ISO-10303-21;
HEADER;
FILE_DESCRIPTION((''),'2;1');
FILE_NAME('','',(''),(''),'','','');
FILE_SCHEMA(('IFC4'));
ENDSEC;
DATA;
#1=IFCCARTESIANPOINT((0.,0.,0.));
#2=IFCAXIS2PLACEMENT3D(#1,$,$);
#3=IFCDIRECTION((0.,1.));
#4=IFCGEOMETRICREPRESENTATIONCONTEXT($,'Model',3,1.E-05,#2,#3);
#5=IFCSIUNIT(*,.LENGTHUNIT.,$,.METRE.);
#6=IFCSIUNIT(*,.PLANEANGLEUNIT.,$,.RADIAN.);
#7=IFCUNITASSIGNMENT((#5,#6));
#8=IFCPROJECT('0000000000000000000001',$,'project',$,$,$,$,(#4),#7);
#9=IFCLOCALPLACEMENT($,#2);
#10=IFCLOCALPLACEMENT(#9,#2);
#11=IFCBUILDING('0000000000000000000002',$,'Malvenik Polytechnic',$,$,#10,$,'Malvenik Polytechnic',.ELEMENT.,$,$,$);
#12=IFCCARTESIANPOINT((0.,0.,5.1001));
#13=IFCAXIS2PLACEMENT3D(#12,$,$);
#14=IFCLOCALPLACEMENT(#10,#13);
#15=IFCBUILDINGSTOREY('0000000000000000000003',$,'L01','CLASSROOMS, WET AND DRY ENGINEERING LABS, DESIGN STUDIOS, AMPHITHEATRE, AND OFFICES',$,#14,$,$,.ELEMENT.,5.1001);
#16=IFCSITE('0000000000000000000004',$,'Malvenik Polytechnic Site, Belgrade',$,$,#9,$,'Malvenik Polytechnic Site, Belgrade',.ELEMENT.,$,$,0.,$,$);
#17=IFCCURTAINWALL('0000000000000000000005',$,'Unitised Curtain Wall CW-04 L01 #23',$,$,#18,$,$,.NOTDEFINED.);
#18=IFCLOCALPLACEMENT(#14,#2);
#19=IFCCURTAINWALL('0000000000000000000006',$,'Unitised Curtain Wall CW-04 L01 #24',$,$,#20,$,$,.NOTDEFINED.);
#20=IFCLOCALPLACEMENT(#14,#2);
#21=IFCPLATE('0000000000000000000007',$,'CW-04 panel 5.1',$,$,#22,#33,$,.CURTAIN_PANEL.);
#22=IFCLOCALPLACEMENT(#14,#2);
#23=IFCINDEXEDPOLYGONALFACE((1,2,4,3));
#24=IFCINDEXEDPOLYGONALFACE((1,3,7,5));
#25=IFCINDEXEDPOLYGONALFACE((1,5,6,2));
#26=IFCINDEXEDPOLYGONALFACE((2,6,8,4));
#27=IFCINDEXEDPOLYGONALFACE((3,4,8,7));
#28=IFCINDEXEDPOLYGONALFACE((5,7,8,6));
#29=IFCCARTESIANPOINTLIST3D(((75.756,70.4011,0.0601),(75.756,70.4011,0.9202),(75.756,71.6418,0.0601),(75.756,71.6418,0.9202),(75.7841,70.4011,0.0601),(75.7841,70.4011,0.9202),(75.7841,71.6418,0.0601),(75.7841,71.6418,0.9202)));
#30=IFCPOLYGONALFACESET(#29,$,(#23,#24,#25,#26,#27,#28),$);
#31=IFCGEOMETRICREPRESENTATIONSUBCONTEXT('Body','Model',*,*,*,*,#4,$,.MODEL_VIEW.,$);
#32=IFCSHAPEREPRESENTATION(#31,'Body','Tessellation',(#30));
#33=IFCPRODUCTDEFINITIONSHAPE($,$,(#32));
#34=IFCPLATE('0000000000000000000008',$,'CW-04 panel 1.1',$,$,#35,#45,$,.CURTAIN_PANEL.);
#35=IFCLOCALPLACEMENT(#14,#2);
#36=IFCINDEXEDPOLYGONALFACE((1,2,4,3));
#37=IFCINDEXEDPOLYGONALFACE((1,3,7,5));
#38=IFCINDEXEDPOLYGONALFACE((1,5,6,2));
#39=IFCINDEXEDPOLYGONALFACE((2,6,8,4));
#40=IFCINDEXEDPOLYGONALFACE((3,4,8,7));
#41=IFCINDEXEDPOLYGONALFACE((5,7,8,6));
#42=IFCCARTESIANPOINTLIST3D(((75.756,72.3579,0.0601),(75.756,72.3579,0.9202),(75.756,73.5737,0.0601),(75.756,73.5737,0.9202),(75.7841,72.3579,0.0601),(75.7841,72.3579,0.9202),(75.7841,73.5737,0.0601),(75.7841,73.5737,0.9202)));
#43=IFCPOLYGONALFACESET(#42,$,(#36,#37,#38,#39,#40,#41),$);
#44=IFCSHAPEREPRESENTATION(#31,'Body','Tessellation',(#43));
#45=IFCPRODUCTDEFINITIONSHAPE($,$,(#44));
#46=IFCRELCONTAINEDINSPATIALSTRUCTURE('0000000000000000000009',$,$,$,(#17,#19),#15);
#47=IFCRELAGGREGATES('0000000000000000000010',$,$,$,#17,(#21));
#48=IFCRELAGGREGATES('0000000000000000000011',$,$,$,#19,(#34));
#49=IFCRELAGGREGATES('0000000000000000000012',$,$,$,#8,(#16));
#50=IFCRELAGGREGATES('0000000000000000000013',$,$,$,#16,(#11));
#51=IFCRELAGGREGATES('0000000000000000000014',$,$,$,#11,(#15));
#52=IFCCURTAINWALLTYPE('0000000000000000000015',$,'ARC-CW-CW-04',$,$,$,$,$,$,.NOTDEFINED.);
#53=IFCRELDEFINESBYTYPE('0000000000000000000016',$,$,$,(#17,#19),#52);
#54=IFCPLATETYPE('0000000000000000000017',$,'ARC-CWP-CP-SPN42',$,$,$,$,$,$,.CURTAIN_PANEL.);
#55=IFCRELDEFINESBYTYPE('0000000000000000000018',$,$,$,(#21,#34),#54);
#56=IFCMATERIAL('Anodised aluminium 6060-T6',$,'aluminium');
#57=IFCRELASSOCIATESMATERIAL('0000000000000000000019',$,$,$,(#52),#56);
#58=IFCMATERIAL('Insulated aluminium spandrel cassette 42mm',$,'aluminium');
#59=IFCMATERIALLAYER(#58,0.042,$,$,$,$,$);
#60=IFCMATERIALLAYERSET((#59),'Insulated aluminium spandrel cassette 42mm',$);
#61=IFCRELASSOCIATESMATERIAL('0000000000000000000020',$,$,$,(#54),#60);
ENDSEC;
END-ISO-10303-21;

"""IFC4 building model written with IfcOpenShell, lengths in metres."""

from ifc_helpers import new_model, si_unit, direction, frame, origin, origin_2d, place, context, subcontext, project, spatial, rectangle, extrude, material, layer, layer_set, type_object, element, aggregate, save


model = new_model("IFC4")

# Units and contexts
model_context = context("Model", 3, precision=1e-05, world=origin(), true_north=direction((0.0, 1.0)))
body_context = subcontext(model_context, "Body", "Model", "MODEL_VIEW")
ifc_project = project(units=[si_unit("LENGTHUNIT", "METRE"), si_unit("PLANEANGLEUNIT", "RADIAN")], contexts=[model_context])

# Site, building, storey
site_placement = place(None, origin())
site = spatial("IfcSite", under=ifc_project, at=site_placement, Name="Malvenik Polytechnic Site, Belgrade", LongName="Malvenik Polytechnic Site, Belgrade", CompositionType="ELEMENT", RefElevation=0.0)
building_placement = place(site_placement, origin())
building = spatial("IfcBuilding", under=site, at=building_placement, Name="Malvenik Polytechnic", LongName="Malvenik Polytechnic", CompositionType="ELEMENT")
storey_placement = place(building_placement, frame((0.0, 0.0, 5.1001)))
storey = spatial("IfcBuildingStorey", under=building, at=storey_placement, Name="L01", Description="CLASSROOMS, WET AND DRY ENGINEERING LABS, DESIGN STUDIOS, AMPHITHEATRE, AND OFFICES", CompositionType="ELEMENT", Elevation=5.1001)

# Curtain wall
ifc_material_1 = material(Name="Anodised aluminium 6060-T6", Category="aluminium")
curtain_wall_type = type_object("IfcCurtainWallType", Name="ARC-CW-CW-04", PredefinedType="NOTDEFINED", material=ifc_material_1)
curtain_wall_1_placement = place(storey_placement, origin())
curtain_wall_1 = element("IfcCurtainWall", 1, at=curtain_wall_1_placement, inside=storey, type_object=curtain_wall_type, Name="Unitised Curtain Wall CW-04 L01 #23", PredefinedType="NOTDEFINED")

# Curtain wall
curtain_wall_2_placement = place(storey_placement, origin())
curtain_wall_2 = element("IfcCurtainWall", 2, at=curtain_wall_2_placement, inside=storey, type_object=curtain_wall_type, Name="Unitised Curtain Wall CW-04 L01 #24", PredefinedType="NOTDEFINED")

# Plates
ifc_material_2 = material(Name="Insulated aluminium spandrel cassette 42mm", Category="aluminium")
ifc_layer_1 = layer(ifc_material_2, 0.042)
ifc_layer_set_1 = layer_set([ifc_layer_1], Name="Insulated aluminium spandrel cassette 42mm")
plate_type_1 = type_object("IfcPlateType", Name="ARC-CWP-CP-SPN42", PredefinedType="CURTAIN_PANEL", material=ifc_layer_set_1)
plate_1_placement = place(storey_placement, frame((75.77, 71.0215, 0.0601), z_axis=(0.0, 0.0, 1.0), x_axis=(0.0, 1.0, 0.0)))
plate_1 = element("IfcPlate", 3, at=plate_1_placement, type_object=plate_type_1, Name="CW-04 panel 5.1", PredefinedType="CURTAIN_PANEL", context=body_context, shape_type="SweptSolid", body=[
    extrude(rectangle(XDim=1.2407, YDim=0.0281, at=origin_2d()), origin(), (0.0, 0.0, 1.0), 0.8601),
])
aggregate(curtain_wall_1, [plate_1])
plate_2_placement = place(storey_placement, frame((75.77, 72.9658, 0.0601), z_axis=(0.0, 0.0, 1.0), x_axis=(0.0, 1.0, 0.0)))
plate_2 = element("IfcPlate", 4, at=plate_2_placement, type_object=plate_type_1, Name="CW-04 panel 1.1", PredefinedType="CURTAIN_PANEL", context=body_context, shape_type="SweptSolid", body=[
    extrude(rectangle(XDim=1.2158, YDim=0.0281, at=origin_2d()), origin(), (0.0, 0.0, 1.0), 0.8601),
])
aggregate(curtain_wall_2, [plate_2])

save(model, "model.ifc")
